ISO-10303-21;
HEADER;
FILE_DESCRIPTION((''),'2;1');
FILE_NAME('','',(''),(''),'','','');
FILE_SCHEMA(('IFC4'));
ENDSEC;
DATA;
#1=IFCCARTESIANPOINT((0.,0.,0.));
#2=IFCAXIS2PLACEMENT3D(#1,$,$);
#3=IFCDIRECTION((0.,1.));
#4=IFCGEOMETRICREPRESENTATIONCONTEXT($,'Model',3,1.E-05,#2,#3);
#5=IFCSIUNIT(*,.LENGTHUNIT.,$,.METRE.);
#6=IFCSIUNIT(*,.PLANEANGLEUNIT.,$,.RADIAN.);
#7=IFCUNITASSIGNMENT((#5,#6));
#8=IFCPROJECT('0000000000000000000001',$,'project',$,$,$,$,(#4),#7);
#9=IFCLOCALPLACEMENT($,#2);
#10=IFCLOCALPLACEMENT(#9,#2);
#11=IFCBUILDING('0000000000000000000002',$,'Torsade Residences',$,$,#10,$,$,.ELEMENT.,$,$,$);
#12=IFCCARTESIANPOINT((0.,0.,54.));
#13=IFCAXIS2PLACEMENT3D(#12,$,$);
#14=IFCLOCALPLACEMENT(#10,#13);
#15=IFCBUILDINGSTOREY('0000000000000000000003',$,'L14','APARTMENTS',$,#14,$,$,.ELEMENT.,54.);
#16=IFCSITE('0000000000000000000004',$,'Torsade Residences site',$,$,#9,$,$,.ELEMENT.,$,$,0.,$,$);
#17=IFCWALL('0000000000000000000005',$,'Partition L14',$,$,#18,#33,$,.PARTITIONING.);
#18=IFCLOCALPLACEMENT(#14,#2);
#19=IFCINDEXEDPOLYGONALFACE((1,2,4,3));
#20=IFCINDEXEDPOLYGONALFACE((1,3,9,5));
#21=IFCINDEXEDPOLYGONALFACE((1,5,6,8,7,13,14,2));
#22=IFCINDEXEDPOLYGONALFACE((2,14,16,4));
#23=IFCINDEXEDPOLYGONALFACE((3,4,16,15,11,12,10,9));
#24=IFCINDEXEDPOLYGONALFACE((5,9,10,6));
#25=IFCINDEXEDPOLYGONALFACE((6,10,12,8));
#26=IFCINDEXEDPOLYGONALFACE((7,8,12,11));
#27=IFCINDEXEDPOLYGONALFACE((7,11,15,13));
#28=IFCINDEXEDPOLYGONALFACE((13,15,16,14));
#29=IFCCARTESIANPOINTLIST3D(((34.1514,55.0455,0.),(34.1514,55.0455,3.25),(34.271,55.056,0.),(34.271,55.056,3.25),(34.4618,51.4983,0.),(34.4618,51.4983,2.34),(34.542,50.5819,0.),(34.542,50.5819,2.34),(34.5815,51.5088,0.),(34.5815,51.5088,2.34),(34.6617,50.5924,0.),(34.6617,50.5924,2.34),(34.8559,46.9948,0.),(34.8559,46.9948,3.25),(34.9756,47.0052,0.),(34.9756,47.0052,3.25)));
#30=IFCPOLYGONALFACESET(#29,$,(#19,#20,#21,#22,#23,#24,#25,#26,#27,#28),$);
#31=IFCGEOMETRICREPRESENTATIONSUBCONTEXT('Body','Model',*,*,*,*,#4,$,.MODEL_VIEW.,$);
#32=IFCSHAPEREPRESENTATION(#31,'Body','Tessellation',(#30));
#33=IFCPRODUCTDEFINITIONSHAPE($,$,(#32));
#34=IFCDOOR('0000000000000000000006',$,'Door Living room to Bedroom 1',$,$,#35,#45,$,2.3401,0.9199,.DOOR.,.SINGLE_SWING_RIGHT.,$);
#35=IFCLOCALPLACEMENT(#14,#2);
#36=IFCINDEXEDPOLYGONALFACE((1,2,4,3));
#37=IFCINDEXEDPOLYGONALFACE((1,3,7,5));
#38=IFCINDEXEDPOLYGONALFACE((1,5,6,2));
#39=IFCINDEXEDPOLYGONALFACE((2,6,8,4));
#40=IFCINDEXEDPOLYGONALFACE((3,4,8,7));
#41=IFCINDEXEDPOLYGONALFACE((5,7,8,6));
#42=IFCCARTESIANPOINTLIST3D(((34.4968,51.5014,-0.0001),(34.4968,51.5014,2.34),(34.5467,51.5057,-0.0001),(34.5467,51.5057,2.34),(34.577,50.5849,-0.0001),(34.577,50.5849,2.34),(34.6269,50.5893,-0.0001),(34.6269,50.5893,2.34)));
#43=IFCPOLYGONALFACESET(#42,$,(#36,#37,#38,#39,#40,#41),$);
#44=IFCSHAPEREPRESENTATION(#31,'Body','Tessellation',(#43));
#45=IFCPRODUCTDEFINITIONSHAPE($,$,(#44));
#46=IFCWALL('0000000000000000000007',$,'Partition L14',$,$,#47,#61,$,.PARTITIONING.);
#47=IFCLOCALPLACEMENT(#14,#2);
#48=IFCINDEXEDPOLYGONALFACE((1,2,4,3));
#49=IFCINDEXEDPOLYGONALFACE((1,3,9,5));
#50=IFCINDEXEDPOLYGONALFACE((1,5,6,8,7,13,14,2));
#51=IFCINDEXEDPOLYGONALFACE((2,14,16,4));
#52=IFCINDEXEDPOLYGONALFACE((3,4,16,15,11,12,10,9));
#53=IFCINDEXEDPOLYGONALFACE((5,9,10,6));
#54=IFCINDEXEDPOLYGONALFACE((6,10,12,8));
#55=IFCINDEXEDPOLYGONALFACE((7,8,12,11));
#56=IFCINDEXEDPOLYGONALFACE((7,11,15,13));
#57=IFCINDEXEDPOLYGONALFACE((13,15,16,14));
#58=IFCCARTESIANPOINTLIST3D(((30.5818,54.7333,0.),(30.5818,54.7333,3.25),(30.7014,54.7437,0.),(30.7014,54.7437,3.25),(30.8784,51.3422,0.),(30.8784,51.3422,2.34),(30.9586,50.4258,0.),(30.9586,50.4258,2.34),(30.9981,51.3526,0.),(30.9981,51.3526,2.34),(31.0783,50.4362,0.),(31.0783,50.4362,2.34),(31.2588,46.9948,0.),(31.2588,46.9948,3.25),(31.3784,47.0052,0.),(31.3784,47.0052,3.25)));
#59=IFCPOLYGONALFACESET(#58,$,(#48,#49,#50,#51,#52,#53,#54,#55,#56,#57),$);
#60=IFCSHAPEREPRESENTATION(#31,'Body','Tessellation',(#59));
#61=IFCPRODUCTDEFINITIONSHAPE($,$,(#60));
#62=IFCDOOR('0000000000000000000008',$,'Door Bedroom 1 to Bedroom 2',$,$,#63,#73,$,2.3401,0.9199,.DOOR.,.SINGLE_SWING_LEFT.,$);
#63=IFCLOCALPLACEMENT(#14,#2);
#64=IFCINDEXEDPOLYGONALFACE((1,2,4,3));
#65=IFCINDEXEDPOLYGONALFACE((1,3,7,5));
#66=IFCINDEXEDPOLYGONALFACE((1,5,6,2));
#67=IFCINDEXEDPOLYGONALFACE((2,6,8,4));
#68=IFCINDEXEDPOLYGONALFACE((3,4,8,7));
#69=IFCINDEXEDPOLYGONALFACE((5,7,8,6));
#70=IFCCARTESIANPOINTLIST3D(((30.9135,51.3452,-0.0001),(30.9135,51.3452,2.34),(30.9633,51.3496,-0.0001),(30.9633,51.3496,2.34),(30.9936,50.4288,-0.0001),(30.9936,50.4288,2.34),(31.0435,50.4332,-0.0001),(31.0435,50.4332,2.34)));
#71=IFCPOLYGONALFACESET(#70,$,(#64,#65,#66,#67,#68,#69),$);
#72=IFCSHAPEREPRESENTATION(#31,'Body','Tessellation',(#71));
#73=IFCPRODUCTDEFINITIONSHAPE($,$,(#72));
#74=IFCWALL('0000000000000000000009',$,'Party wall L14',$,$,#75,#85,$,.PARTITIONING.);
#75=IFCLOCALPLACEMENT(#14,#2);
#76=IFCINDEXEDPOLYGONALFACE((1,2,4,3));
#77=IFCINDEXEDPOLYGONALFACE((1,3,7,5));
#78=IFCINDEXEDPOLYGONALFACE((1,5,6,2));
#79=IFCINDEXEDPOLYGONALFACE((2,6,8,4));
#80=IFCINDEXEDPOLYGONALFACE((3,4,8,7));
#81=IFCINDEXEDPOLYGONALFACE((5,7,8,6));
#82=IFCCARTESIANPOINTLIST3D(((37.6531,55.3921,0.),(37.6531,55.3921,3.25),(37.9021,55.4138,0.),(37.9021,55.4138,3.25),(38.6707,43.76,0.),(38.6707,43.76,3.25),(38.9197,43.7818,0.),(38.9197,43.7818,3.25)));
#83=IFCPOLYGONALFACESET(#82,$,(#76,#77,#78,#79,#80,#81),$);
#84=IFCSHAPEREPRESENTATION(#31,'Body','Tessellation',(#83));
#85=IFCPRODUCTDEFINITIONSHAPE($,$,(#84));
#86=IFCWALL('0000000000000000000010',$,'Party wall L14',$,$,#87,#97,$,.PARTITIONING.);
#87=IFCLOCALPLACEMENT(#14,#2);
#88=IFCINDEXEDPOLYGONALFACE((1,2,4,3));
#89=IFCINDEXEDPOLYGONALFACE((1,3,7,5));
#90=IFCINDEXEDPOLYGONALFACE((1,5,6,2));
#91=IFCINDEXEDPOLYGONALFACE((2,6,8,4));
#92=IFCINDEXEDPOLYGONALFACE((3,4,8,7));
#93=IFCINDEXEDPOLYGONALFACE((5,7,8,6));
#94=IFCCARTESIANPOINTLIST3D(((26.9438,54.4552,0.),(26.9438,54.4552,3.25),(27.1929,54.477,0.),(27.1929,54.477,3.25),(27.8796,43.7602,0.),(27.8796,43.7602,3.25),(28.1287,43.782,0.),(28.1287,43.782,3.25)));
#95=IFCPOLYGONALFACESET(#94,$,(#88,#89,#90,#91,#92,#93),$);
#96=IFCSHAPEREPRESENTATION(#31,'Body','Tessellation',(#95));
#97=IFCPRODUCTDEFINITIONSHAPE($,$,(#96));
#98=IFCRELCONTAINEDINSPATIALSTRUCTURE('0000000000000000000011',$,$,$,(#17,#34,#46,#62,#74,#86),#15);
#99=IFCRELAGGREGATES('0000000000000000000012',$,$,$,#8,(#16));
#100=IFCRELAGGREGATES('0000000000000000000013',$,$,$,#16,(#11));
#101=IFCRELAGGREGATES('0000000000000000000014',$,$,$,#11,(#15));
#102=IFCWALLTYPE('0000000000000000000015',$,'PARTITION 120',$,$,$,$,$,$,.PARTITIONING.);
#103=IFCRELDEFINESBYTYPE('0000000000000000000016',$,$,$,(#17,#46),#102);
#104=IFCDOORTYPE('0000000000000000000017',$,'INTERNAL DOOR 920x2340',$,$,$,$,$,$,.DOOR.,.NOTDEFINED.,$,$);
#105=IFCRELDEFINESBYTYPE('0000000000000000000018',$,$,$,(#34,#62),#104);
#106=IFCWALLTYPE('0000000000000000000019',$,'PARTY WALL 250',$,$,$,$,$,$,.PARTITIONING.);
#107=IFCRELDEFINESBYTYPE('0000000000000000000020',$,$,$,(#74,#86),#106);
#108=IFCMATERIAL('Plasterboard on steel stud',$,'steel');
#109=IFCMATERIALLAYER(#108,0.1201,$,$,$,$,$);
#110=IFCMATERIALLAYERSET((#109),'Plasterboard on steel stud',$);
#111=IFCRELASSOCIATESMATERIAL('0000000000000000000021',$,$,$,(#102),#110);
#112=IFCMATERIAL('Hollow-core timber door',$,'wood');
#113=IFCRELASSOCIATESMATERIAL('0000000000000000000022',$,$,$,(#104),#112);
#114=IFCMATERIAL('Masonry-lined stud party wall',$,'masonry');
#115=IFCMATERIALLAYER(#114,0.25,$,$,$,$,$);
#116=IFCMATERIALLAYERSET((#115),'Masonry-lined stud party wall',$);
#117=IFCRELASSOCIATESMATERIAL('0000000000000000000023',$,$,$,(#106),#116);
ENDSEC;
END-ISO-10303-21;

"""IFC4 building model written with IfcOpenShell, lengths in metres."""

from ifc_helpers import new_model, si_unit, direction, frame, frame_2d, origin, place, context, subcontext, project, spatial, rectangle, extrude, material, layer, layer_set, type_object, element, fill, save


model = new_model("IFC4")

# Units and contexts
model_context = context("Model", 3, precision=1e-05, world=origin(), true_north=direction((0.0, 1.0)))
body_context = subcontext(model_context, "Body", "Model", "MODEL_VIEW")
ifc_project = project(units=[si_unit("LENGTHUNIT", "METRE"), si_unit("PLANEANGLEUNIT", "RADIAN")], contexts=[model_context])

# Site, building, storey
site_placement = place(None, origin())
site = spatial("IfcSite", under=ifc_project, at=site_placement, Name="Torsade Residences site", CompositionType="ELEMENT", RefElevation=0.0)
building_placement = place(site_placement, origin())
building = spatial("IfcBuilding", under=site, at=building_placement, Name="Torsade Residences", CompositionType="ELEMENT")
storey_placement = place(building_placement, frame((0.0, 0.0, 54.0)))
storey = spatial("IfcBuildingStorey", under=building, at=storey_placement, Name="L14", Description="APARTMENTS", CompositionType="ELEMENT", Elevation=54.0)

# Shared definitions
ifc_material_1 = material(Name="Plasterboard on steel stud", Category="steel")
ifc_layer_1 = layer(ifc_material_1, 0.1201)
ifc_layer_set_1 = layer_set([ifc_layer_1], Name="Plasterboard on steel stud")
wall_type_1 = type_object("IfcWallType", Name="PARTITION 120", PredefinedType="PARTITIONING", material=ifc_layer_set_1)
ifc_material_2 = material(Name="Hollow-core timber door", Category="wood")
door_type_1 = type_object("IfcDoorType", Name="INTERNAL DOOR 920x2340", OperationType="NOTDEFINED", PredefinedType="DOOR", material=ifc_material_2)

# Walls, openings, doors
wall_1_placement = place(storey_placement, frame((34.9158, 47.0, 0.0), z_axis=(0.0, 0.0, 1.0), x_axis=(-0.087185, 0.996192, 0.0)))
wall_1 = element("IfcWall", 1, at=wall_1_placement, inside=storey, type_object=wall_type_1, Name="Partition L14", PredefinedType="PARTITIONING", context=body_context, shape_type="SweptSolid", body=[
    extrude(rectangle(XDim=8.0815, YDim=0.1201, at=frame_2d((4.0408, 0.0))), origin(), (0.0, 0.0, 1.0), 3.25),
])
opening_1_placement = place(wall_1_placement, frame((3.6008, 0.0, 0.0)))
opening_1 = element("IfcOpeningElement", 2, at=opening_1_placement, cuts=wall_1, PredefinedType="OPENING", context=body_context, shape_type="SweptSolid", body=[
    extrude(rectangle(XDim=0.9199, YDim=2.3401, at=frame_2d((0.46, 1.1699))), frame((0.0, 0.0701, 0.0), z_axis=(0.0, -1.0, 0.0), x_axis=(1.0, 0.0, 0.0)), (0.0, 0.0, 1.0), 0.1401),
])
door_1_placement = place(opening_1_placement, origin())
door_1 = element("IfcDoor", 3, at=door_1_placement, inside=storey, type_object=door_type_1, Name="Door Living room to Bedroom 1", OperationType="SINGLE_SWING_RIGHT", OverallHeight=2.3401, OverallWidth=0.9199, PredefinedType="DOOR", context=body_context, shape_type="SweptSolid", body=[
    extrude(rectangle(XDim=0.9199, YDim=2.3401, at=frame_2d((0.46, 1.1699))), frame((0.0, 0.0249, 0.0), z_axis=(0.0, -1.0, 0.0), x_axis=(1.0, 0.0, 0.0)), (0.0, 0.0, 1.0), 0.05),
])
fill(opening_1, door_1)
wall_2_placement = place(storey_placement, frame((31.3186, 47.0, 0.0), z_axis=(0.0, 0.0, 1.0), x_axis=(-0.087152, 0.996195, 0.0)))
wall_2 = element("IfcWall", 4, at=wall_2_placement, inside=storey, type_object=wall_type_1, Name="Partition L14", PredefinedType="PARTITIONING", context=body_context, shape_type="SweptSolid", body=[
    extrude(rectangle(XDim=7.7681, YDim=0.1201, at=frame_2d((3.884, 0.0))), origin(), (0.0, 0.0, 1.0), 3.25),
])
opening_2_placement = place(wall_2_placement, frame((3.4441, 0.0, 0.0)))
opening_2 = element("IfcOpeningElement", 5, at=opening_2_placement, cuts=wall_2, PredefinedType="OPENING", context=body_context, shape_type="SweptSolid", body=[
    extrude(rectangle(XDim=0.9199, YDim=2.3401, at=frame_2d((0.46, 1.1699))), frame((0.0, 0.0701, 0.0), z_axis=(0.0, -1.0, 0.0), x_axis=(1.0, 0.0, 0.0)), (0.0, 0.0, 1.0), 0.1401),
])
door_2_placement = place(opening_2_placement, origin())
door_2 = element("IfcDoor", 6, at=door_2_placement, inside=storey, type_object=door_type_1, Name="Door Bedroom 1 to Bedroom 2", OperationType="SINGLE_SWING_LEFT", OverallHeight=2.3401, OverallWidth=0.9199, PredefinedType="DOOR", context=body_context, shape_type="SweptSolid", body=[
    extrude(rectangle(XDim=0.9199, YDim=2.3401, at=frame_2d((0.46, 1.1699))), frame((0.0, 0.0249, 0.0), z_axis=(0.0, -1.0, 0.0), x_axis=(1.0, 0.0, 0.0)), (0.0, 0.0, 1.0), 0.05),
])
fill(opening_2, door_2)

# Walls
ifc_material_3 = material(Name="Masonry-lined stud party wall", Category="masonry")
ifc_layer_2 = layer(ifc_material_3, 0.25)
ifc_layer_set_2 = layer_set([ifc_layer_2], Name="Masonry-lined stud party wall")
wall_type_2 = type_object("IfcWallType", Name="PARTY WALL 250", PredefinedType="PARTITIONING", material=ifc_layer_set_2)
wall_3_placement = place(storey_placement, frame((37.7776, 55.4031, 0.0), z_axis=(0.0, 0.0, 1.0), x_axis=(0.087147, -0.996195, 0.0)))
element("IfcWall", 7, at=wall_3_placement, inside=storey, type_object=wall_type_2, Name="Party wall L14", PredefinedType="PARTITIONING", context=body_context, shape_type="SweptSolid", body=[
    extrude(rectangle(XDim=11.6765, YDim=0.25, at=frame_2d((5.8384, 0.0))), origin(), (0.0, 0.0, 1.0), 3.25),
])
wall_4_placement = place(storey_placement, frame((27.0684, 54.4661, 0.0), z_axis=(0.0, 0.0, 1.0), x_axis=(0.087164, -0.996194, 0.0)))
element("IfcWall", 8, at=wall_4_placement, inside=storey, type_object=wall_type_2, Name="Party wall L14", PredefinedType="PARTITIONING", context=body_context, shape_type="SweptSolid", body=[
    extrude(rectangle(XDim=10.7358, YDim=0.25, at=frame_2d((5.3679, 0.0))), origin(), (0.0, 0.0, 1.0), 3.25),
])

save(model, "model.ifc")
